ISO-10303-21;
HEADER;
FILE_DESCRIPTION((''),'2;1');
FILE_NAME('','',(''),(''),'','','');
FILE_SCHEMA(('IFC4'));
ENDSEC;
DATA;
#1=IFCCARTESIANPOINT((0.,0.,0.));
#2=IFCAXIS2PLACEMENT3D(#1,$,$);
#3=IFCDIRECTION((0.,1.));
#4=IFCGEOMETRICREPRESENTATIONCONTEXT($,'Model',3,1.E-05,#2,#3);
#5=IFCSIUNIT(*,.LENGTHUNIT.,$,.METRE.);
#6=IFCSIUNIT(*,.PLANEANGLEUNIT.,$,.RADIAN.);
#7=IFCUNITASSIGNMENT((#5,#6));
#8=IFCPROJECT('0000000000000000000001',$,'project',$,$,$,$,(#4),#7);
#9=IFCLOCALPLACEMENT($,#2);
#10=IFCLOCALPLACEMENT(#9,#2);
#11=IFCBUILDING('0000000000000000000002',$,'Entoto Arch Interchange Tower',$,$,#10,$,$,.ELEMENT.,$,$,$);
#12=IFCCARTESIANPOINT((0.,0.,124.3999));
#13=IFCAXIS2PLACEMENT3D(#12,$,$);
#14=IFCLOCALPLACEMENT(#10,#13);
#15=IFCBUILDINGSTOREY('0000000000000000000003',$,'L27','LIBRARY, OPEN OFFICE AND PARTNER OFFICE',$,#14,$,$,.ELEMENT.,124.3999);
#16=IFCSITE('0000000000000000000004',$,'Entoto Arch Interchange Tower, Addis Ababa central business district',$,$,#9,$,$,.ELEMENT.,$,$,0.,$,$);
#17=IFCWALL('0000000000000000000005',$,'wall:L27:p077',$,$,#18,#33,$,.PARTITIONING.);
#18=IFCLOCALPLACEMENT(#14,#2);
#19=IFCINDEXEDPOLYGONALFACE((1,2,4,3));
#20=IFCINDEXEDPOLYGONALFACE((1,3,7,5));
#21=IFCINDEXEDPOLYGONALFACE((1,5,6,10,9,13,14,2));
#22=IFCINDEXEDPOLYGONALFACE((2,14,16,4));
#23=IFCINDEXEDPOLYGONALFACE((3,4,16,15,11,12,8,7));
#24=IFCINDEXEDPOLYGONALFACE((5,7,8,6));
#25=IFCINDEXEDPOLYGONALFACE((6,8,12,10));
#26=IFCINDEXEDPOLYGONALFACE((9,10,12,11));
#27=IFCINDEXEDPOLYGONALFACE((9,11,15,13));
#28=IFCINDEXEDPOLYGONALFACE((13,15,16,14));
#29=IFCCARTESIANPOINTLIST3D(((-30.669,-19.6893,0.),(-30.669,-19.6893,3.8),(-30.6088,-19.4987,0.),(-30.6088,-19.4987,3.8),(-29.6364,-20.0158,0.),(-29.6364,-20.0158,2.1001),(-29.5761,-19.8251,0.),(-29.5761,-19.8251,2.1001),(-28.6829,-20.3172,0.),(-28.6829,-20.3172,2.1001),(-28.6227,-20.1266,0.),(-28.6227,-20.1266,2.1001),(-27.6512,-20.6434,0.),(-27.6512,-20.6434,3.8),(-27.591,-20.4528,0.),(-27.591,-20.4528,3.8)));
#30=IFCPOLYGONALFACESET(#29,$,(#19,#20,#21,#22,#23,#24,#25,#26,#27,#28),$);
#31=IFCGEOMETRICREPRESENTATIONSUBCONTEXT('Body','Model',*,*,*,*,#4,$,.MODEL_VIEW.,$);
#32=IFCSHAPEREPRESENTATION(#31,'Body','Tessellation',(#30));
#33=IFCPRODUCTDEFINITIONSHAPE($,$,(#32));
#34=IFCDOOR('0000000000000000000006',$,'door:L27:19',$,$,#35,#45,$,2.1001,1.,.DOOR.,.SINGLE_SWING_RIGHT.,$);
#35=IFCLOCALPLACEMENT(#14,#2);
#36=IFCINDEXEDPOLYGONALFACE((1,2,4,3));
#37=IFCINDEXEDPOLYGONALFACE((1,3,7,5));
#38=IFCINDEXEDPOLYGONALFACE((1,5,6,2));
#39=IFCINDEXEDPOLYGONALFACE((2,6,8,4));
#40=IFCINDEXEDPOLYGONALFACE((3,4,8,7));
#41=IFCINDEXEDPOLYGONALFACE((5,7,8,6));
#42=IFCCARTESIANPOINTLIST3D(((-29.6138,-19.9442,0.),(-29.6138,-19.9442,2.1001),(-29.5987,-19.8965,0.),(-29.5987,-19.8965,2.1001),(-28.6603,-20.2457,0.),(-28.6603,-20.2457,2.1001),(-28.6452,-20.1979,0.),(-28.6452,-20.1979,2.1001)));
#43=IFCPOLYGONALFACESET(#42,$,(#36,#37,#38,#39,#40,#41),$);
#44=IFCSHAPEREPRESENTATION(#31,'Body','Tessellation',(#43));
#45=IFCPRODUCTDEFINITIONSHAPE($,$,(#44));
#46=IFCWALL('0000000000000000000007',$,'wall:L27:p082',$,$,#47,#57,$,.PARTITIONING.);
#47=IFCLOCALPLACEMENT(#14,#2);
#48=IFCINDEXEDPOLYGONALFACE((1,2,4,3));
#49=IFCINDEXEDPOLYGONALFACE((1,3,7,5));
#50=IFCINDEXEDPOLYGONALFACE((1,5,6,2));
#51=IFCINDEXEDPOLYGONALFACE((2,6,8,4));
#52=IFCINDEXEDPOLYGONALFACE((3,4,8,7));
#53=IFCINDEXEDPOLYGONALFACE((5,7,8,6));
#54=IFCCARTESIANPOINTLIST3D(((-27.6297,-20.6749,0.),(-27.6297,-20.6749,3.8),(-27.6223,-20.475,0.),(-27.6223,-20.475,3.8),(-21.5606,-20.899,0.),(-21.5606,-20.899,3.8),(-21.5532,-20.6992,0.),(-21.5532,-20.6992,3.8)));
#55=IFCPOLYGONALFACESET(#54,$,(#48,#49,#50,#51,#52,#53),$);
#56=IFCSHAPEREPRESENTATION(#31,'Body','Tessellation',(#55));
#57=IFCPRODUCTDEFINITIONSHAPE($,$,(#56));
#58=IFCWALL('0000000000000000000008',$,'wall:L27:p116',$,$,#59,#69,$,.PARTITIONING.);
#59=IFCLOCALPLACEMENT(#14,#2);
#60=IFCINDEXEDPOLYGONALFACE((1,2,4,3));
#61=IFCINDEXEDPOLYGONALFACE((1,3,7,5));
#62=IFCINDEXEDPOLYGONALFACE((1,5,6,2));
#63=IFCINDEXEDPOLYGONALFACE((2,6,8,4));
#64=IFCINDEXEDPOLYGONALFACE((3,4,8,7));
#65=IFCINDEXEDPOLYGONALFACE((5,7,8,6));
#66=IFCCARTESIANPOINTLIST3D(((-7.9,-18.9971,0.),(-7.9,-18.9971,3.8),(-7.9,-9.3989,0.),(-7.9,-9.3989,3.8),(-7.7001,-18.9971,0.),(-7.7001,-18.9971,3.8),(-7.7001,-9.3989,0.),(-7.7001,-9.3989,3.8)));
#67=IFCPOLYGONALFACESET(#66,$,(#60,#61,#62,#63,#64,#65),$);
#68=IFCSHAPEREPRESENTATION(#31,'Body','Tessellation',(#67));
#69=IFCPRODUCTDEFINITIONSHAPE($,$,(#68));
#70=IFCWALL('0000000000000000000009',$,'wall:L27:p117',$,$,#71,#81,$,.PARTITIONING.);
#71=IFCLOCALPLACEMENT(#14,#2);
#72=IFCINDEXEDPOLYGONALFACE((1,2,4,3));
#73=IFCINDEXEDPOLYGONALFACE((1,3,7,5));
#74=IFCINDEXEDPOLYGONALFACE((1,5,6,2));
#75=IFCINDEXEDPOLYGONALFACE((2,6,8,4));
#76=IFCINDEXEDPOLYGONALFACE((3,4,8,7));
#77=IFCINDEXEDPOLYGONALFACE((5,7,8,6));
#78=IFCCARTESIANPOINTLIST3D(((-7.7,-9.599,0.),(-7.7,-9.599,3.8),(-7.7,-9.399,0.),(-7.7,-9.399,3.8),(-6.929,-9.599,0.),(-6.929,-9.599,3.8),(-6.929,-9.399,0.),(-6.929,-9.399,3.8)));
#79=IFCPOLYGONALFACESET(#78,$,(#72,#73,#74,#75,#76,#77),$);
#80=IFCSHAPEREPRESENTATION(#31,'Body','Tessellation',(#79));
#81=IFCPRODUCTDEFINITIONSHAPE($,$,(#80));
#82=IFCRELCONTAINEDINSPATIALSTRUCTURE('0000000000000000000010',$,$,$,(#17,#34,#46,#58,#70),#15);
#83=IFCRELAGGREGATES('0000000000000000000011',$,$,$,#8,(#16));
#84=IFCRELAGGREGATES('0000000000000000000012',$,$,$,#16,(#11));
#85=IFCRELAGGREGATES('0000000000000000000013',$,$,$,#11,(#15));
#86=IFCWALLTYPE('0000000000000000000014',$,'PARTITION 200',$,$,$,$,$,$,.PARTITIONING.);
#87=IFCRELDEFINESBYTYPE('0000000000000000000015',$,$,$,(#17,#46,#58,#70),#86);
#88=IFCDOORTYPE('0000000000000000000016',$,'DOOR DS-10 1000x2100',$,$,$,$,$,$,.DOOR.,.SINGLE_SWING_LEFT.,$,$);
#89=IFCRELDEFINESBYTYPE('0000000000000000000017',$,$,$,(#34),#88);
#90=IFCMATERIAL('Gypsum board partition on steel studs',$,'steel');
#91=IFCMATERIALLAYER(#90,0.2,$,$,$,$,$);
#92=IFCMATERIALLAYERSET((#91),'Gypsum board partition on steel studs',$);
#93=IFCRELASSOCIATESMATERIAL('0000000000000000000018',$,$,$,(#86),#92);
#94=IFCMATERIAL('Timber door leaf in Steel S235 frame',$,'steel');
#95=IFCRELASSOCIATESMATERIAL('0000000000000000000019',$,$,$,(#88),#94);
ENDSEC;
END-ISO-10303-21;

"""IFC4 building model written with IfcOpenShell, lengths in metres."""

from ifc_helpers import new_model, si_unit, direction, frame, frame_2d, origin, place, context, subcontext, project, spatial, rectangle, extrude, material, layer, layer_set, type_object, element, fill, save


model = new_model("IFC4")

# Units and contexts
model_context = context("Model", 3, precision=1e-05, world=origin(), true_north=direction((0.0, 1.0)))
body_context = subcontext(model_context, "Body", "Model", "MODEL_VIEW")
ifc_project = project(units=[si_unit("LENGTHUNIT", "METRE"), si_unit("PLANEANGLEUNIT", "RADIAN")], contexts=[model_context])

# Site, building, storey
site_placement = place(None, origin())
site = spatial("IfcSite", under=ifc_project, at=site_placement, Name="Entoto Arch Interchange Tower, Addis Ababa central business district", CompositionType="ELEMENT", RefElevation=0.0)
building_placement = place(site_placement, origin())
building = spatial("IfcBuilding", under=site, at=building_placement, Name="Entoto Arch Interchange Tower", CompositionType="ELEMENT")
storey_placement = place(building_placement, frame((0.0, 0.0, 124.3999)))
storey = spatial("IfcBuildingStorey", under=building, at=storey_placement, Name="L27", Description="LIBRARY, OPEN OFFICE AND PARTNER OFFICE", CompositionType="ELEMENT", Elevation=124.3999)

# Shared definitions
ifc_material_1 = material(Name="Gypsum board partition on steel studs", Category="steel")

# Shared definitions
ifc_layer_1 = layer(ifc_material_1, 0.2)
ifc_layer_set_1 = layer_set([ifc_layer_1], Name="Gypsum board partition on steel studs")
wall_type_1 = type_object("IfcWallType", Name="PARTITION 200", PredefinedType="PARTITIONING", material=ifc_layer_set_1)
ifc_material_2 = material(Name="Timber door leaf in Steel S235 frame", Category="steel")

# Shared definitions
door_type_1 = type_object("IfcDoorType", Name="DOOR DS-10 1000x2100", OperationType="SINGLE_SWING_LEFT", PredefinedType="DOOR", material=ifc_material_2)

# Wall, opening, door
wall_1_placement = place(storey_placement, frame((-27.6211, -20.5481, 0.0), z_axis=(0.0, 0.0, 1.0), x_axis=(-0.953482, 0.301449, 0.0)))
wall_1 = element("IfcWall", 1, at=wall_1_placement, inside=storey, type_object=wall_type_1, Name="wall:L27:p077", PredefinedType="PARTITIONING", context=body_context, shape_type="SweptSolid", body=[
    extrude(rectangle(XDim=3.165, YDim=0.2, at=frame_2d((1.5825, 0.0))), origin(), (0.0, 0.0, 1.0), 3.8),
])
opening_1_placement = place(wall_1_placement, frame((1.082, 0.0, 0.0)))
opening_1 = element("IfcOpeningElement", 2, at=opening_1_placement, cuts=wall_1, PredefinedType="OPENING", context=body_context, shape_type="SweptSolid", body=[
    extrude(rectangle(XDim=1.0, YDim=2.1001, at=frame_2d((0.5, 1.05))), frame((0.0, 0.1099, 0.0), z_axis=(0.0, -1.0, 0.0), x_axis=(1.0, 0.0, 0.0)), (0.0, 0.0, 1.0), 0.22),
])
door_1_placement = place(opening_1_placement, origin())
door_1 = element("IfcDoor", 3, at=door_1_placement, inside=storey, type_object=door_type_1, Name="door:L27:19", OperationType="SINGLE_SWING_RIGHT", OverallHeight=2.1001, OverallWidth=1.0, PredefinedType="DOOR", context=body_context, shape_type="SweptSolid", body=[
    extrude(rectangle(XDim=1.0, YDim=2.1001, at=frame_2d((0.5, 1.05))), frame((0.0, 0.0249, 0.0), z_axis=(0.0, -1.0, 0.0), x_axis=(1.0, 0.0, 0.0)), (0.0, 0.0, 1.0), 0.05),
])
fill(opening_1, door_1)

# Walls
wall_2_placement = place(storey_placement, frame((-21.5569, -20.7991, 0.0), z_axis=(0.0, 0.0, 1.0), x_axis=(-0.999319, 0.036903, 0.0)))
element("IfcWall", 4, at=wall_2_placement, inside=storey, type_object=wall_type_1, Name="wall:L27:p082", PredefinedType="PARTITIONING", context=body_context, shape_type="SweptSolid", body=[
    extrude(rectangle(XDim=6.0732, YDim=0.2, at=frame_2d((3.0366, 0.0))), origin(), (0.0, 0.0, 1.0), 3.8),
])
wall_3_placement = place(storey_placement, frame((-7.8, -18.9971, 0.0), z_axis=(0.0, 0.0, 1.0), x_axis=(0.0, 1.0, 0.0)))
element("IfcWall", 5, at=wall_3_placement, inside=storey, type_object=wall_type_1, Name="wall:L27:p116", PredefinedType="PARTITIONING", context=body_context, shape_type="SweptSolid", body=[
    extrude(rectangle(XDim=9.5981, YDim=0.2, at=frame_2d((4.7991, 0.0))), origin(), (0.0, 0.0, 1.0), 3.8),
])
wall_4_placement = place(storey_placement, frame((-7.7, -9.499, 0.0), z_axis=(0.0, 0.0, 1.0), x_axis=(1.0, 0.0, 0.0)))
element("IfcWall", 6, at=wall_4_placement, inside=storey, type_object=wall_type_1, Name="wall:L27:p117", PredefinedType="PARTITIONING", context=body_context, shape_type="SweptSolid", body=[
    extrude(rectangle(XDim=0.771, YDim=0.2, at=frame_2d((0.3855, 0.0))), origin(), (0.0, 0.0, 1.0), 3.8),
])

save(model, "model.ifc")
